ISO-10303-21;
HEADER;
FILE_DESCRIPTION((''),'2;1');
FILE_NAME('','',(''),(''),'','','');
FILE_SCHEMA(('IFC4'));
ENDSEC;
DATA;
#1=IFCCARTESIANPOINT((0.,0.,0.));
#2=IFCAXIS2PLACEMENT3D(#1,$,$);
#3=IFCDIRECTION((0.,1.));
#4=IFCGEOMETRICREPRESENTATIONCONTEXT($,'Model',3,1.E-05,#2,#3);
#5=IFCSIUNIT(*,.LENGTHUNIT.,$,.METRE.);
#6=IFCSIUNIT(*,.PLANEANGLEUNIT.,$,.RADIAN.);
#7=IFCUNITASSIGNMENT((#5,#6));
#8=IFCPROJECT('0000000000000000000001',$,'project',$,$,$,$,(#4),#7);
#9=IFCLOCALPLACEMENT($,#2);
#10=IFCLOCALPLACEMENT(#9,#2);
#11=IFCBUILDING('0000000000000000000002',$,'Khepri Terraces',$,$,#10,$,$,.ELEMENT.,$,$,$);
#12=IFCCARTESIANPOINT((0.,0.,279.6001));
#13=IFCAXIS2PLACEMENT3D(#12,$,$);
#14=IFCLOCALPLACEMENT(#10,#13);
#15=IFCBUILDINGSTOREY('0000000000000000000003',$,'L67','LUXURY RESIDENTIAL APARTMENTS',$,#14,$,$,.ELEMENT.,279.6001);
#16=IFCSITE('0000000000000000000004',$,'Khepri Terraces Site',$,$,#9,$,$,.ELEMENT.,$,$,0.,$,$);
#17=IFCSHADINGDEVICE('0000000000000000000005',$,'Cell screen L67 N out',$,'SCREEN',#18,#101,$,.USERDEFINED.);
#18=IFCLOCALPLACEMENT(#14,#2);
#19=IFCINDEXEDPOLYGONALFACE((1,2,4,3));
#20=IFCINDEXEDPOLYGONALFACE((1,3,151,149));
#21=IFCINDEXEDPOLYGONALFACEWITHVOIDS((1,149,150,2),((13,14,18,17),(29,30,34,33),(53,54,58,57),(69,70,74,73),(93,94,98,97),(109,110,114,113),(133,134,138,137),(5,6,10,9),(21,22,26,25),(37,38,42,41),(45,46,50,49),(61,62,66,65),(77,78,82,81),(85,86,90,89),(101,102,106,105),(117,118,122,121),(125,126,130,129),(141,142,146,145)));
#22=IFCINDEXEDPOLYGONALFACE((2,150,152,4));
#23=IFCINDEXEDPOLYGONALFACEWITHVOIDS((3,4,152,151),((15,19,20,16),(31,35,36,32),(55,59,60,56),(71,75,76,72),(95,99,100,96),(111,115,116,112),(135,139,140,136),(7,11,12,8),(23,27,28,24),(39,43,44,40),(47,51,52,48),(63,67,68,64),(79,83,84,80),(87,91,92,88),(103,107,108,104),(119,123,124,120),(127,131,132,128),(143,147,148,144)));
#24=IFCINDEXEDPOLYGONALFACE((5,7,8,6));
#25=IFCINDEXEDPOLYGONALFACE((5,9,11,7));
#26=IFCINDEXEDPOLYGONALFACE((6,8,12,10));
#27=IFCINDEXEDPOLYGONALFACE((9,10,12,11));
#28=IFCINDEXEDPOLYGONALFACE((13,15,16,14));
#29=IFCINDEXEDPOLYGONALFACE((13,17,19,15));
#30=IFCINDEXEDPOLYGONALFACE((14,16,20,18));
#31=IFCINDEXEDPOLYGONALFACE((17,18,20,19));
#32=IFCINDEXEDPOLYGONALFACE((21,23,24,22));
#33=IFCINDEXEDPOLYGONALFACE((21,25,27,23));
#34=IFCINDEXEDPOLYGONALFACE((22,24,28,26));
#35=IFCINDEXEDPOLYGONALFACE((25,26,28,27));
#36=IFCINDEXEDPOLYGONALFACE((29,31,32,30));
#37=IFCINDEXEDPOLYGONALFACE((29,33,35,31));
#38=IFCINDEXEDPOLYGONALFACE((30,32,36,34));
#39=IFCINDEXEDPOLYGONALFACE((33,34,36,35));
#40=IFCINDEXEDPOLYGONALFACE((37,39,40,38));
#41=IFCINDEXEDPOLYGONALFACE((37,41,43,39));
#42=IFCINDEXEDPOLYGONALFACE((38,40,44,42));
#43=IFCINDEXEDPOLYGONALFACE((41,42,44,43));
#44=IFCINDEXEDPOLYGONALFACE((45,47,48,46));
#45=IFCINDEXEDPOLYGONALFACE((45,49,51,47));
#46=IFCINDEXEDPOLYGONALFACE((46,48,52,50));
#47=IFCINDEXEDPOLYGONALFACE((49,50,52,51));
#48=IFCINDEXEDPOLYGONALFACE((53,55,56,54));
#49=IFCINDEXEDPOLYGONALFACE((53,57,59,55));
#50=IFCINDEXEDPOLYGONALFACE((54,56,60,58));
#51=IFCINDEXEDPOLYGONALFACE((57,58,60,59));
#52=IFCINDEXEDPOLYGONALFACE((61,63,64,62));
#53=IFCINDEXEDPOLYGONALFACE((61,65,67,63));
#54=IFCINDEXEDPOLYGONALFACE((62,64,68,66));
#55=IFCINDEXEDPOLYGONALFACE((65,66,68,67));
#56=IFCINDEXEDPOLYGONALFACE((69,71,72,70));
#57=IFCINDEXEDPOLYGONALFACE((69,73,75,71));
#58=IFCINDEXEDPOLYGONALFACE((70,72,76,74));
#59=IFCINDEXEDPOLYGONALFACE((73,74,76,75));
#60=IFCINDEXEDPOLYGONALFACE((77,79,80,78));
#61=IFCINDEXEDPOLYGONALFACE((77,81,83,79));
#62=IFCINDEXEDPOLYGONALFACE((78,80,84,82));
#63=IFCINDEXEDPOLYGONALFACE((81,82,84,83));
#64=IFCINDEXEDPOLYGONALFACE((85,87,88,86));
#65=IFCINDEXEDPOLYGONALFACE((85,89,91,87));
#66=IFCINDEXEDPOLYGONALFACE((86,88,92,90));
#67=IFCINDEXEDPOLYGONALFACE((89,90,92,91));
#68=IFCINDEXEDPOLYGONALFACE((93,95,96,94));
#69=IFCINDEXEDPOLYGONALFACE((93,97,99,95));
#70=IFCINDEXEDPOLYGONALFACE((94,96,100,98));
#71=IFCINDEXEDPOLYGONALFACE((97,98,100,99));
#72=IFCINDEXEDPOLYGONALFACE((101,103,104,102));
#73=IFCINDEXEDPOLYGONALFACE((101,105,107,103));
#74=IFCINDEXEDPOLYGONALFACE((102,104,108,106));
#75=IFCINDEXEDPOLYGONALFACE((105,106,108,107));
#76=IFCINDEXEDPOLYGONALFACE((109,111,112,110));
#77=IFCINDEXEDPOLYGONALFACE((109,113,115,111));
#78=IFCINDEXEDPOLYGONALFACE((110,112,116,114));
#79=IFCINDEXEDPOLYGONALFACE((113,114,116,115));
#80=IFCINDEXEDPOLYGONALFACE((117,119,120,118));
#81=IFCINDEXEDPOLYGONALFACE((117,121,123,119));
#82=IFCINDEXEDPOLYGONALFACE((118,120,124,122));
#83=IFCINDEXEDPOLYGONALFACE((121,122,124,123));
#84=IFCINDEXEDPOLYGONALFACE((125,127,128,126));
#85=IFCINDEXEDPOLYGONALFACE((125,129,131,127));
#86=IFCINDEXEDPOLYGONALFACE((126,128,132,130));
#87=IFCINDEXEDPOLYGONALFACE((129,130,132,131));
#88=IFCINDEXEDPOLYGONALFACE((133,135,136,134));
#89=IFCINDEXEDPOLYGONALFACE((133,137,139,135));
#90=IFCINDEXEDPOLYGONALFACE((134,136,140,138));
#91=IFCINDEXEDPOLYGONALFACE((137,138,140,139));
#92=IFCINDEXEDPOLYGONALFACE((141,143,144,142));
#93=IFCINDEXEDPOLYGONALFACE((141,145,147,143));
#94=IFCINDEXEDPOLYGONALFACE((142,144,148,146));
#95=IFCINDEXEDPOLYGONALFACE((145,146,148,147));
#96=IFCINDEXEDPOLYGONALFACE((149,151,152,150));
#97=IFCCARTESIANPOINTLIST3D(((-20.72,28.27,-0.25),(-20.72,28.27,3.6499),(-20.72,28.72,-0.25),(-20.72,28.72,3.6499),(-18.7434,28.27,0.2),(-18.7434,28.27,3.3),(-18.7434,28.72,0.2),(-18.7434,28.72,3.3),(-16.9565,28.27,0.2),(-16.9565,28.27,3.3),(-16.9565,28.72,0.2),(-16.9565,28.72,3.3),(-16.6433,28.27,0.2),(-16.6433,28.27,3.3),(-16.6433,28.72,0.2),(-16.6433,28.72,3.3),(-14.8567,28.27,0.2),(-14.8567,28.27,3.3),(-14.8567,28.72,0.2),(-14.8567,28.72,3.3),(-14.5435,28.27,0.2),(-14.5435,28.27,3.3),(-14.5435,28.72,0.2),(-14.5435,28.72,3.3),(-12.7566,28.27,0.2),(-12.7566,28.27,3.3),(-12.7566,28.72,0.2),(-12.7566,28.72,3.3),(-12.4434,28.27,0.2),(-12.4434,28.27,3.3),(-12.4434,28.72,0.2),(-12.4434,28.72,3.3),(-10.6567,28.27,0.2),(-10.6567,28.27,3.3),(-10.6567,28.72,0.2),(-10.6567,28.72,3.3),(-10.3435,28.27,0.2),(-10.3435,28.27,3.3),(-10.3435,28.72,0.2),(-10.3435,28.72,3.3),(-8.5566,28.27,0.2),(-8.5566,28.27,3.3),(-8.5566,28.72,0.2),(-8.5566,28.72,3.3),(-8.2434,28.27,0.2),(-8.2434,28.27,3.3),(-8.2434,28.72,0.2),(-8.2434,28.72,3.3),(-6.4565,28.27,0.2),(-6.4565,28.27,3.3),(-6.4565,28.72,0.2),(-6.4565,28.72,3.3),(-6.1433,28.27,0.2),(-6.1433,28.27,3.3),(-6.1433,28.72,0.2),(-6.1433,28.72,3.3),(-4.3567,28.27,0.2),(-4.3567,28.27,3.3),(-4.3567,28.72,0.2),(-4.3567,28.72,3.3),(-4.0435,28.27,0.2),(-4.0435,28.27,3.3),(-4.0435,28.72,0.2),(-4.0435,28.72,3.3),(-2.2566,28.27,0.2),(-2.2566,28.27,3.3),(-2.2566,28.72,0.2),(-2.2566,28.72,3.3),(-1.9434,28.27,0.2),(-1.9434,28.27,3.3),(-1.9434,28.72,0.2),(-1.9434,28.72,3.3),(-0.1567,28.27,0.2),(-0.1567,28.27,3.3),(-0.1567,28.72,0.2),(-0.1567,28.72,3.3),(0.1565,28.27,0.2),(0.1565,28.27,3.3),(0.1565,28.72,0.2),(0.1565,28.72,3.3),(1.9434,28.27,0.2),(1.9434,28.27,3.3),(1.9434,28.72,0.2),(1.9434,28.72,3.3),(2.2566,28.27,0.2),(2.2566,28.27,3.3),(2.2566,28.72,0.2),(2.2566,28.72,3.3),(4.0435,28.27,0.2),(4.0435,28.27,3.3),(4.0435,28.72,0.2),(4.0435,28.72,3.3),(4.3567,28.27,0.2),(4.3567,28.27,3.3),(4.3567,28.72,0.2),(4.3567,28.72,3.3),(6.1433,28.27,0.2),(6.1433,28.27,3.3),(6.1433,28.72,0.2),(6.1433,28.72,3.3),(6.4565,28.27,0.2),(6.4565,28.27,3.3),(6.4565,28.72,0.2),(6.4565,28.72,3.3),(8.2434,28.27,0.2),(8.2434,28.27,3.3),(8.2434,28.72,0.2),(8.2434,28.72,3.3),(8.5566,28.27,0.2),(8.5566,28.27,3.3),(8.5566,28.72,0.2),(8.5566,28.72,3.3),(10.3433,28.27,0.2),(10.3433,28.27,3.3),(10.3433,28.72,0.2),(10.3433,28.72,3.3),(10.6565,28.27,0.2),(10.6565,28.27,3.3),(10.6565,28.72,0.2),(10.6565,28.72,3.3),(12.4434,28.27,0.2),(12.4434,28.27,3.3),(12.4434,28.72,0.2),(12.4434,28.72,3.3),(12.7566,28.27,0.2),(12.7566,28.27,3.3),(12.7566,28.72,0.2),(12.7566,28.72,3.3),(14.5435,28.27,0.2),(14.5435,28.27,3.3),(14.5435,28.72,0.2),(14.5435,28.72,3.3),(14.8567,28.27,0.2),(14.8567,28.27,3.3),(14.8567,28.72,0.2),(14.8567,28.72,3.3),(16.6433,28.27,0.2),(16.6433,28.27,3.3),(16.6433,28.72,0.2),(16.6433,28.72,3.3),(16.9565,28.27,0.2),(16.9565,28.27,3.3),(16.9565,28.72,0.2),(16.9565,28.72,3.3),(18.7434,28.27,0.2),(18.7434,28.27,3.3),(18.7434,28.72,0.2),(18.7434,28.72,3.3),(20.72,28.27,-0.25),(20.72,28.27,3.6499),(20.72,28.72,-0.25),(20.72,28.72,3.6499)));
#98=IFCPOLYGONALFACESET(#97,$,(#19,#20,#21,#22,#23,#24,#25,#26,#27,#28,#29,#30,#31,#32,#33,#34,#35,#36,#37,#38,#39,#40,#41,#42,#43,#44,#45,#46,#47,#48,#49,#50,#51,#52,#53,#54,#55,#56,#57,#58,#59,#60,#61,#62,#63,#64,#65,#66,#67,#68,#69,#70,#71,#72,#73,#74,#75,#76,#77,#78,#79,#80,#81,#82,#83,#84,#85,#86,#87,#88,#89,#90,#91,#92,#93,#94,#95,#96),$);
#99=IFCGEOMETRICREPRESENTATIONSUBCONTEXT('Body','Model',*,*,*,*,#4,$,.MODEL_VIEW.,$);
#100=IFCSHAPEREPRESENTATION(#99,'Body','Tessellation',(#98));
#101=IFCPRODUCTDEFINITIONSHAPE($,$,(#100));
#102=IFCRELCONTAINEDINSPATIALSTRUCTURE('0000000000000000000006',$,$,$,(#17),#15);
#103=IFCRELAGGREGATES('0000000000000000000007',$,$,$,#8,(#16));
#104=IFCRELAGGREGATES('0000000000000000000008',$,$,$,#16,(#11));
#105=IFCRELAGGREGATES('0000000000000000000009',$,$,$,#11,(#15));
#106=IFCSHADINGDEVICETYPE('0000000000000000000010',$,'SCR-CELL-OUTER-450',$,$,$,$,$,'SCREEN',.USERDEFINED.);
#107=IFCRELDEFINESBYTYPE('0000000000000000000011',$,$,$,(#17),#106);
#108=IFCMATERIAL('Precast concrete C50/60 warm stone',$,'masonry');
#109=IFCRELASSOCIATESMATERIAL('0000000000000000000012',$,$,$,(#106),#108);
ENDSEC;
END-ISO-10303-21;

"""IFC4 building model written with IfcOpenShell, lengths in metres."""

from ifc_helpers import new_model, si_unit, direction, frame, origin, place, context, subcontext, project, spatial, polyline, outline, extrude, material, type_object, element, save


model = new_model("IFC4")

# Units and contexts
model_context = context("Model", 3, precision=1e-05, world=origin(), true_north=direction((0.0, 1.0)))
body_context = subcontext(model_context, "Body", "Model", "MODEL_VIEW")
ifc_project = project(units=[si_unit("LENGTHUNIT", "METRE"), si_unit("PLANEANGLEUNIT", "RADIAN")], contexts=[model_context])

# Site, building, storey
site_placement = place(None, origin())
site = spatial("IfcSite", under=ifc_project, at=site_placement, Name="Khepri Terraces Site", CompositionType="ELEMENT", RefElevation=0.0)
building_placement = place(site_placement, origin())
building = spatial("IfcBuilding", under=site, at=building_placement, Name="Khepri Terraces", CompositionType="ELEMENT")
storey_placement = place(building_placement, frame((0.0, 0.0, 279.6001)))
storey = spatial("IfcBuildingStorey", under=building, at=storey_placement, Name="L67", Description="LUXURY RESIDENTIAL APARTMENTS", CompositionType="ELEMENT", Elevation=279.6001)

# Shared definitions
ifc_material_1 = material(Name="Precast concrete C50/60 warm stone", Category="masonry")

# Shading device
shading_device_type_1 = type_object("IfcShadingDeviceType", Name="SCR-CELL-OUTER-450", ElementType="SCREEN", PredefinedType="USERDEFINED", material=ifc_material_1)
shading_device_1_placement = place(storey_placement, frame((20.72, 28.27, -0.25), z_axis=(0.0, 1.0, 0.0), x_axis=(-1.0, 0.0, 0.0)))
element("IfcShadingDevice", 1, at=shading_device_1_placement, inside=storey, type_object=shading_device_type_1, Name="Cell screen L67 N out", ObjectType="SCREEN", PredefinedType="USERDEFINED", context=body_context, shape_type="SweptSolid", body=[
    extrude(outline(polyline([(0.0, 0.0), (41.4399, 0.0), (41.4399, 3.8999), (0.0, 3.8999), (0.0, 0.0)]), holes=[polyline([(1.9766, 0.45), (3.7634, 0.45), (3.7634, 3.55), (1.9766, 3.55), (1.9766, 0.45)]), polyline([(4.0767, 0.45), (5.8633, 0.45), (5.8633, 3.55), (4.0767, 3.55), (4.0767, 0.45)]), polyline([(6.1765, 0.45), (7.9634, 0.45), (7.9634, 3.55), (6.1765, 3.55), (6.1765, 0.45)]), polyline([(8.2766, 0.45), (10.0635, 0.45), (10.0635, 3.55), (8.2766, 3.55), (8.2766, 0.45)]), polyline([(10.3767, 0.45), (12.1633, 0.45), (12.1633, 3.55), (10.3767, 3.55), (10.3767, 0.45)]), polyline([(12.4766, 0.45), (14.2634, 0.45), (14.2634, 3.55), (12.4766, 3.55), (12.4766, 0.45)]), polyline([(14.5767, 0.45), (16.3633, 0.45), (16.3633, 3.55), (14.5767, 3.55), (14.5767, 0.45)]), polyline([(16.6765, 0.45), (18.4634, 0.45), (18.4634, 3.55), (16.6765, 3.55), (16.6765, 0.45)]), polyline([(18.7766, 0.45), (20.5635, 0.45), (20.5635, 3.55), (18.7766, 3.55), (18.7766, 0.45)]), polyline([(20.8767, 0.45), (22.6633, 0.45), (22.6633, 3.55), (20.8767, 3.55), (20.8767, 0.45)]), polyline([(22.9766, 0.45), (24.7634, 0.45), (24.7634, 3.55), (22.9766, 3.55), (22.9766, 0.45)]), polyline([(25.0767, 0.45), (26.8633, 0.45), (26.8633, 3.55), (25.0767, 3.55), (25.0767, 0.45)]), polyline([(27.1765, 0.45), (28.9634, 0.45), (28.9634, 3.55), (27.1765, 3.55), (27.1765, 0.45)]), polyline([(29.2766, 0.45), (31.0635, 0.45), (31.0635, 3.55), (29.2766, 3.55), (29.2766, 0.45)]), polyline([(31.3767, 0.45), (33.1633, 0.45), (33.1633, 3.55), (31.3767, 3.55), (31.3767, 0.45)]), polyline([(33.4766, 0.45), (35.2634, 0.45), (35.2634, 3.55), (33.4766, 3.55), (33.4766, 0.45)]), polyline([(35.5767, 0.45), (37.3633, 0.45), (37.3633, 3.55), (35.5767, 3.55), (35.5767, 0.45)]), polyline([(37.6765, 0.45), (39.4634, 0.45), (39.4634, 3.55), (37.6765, 3.55), (37.6765, 0.45)])]), origin(), (0.0, 0.0, 1.0), 0.45),
])

save(model, "model.ifc")
